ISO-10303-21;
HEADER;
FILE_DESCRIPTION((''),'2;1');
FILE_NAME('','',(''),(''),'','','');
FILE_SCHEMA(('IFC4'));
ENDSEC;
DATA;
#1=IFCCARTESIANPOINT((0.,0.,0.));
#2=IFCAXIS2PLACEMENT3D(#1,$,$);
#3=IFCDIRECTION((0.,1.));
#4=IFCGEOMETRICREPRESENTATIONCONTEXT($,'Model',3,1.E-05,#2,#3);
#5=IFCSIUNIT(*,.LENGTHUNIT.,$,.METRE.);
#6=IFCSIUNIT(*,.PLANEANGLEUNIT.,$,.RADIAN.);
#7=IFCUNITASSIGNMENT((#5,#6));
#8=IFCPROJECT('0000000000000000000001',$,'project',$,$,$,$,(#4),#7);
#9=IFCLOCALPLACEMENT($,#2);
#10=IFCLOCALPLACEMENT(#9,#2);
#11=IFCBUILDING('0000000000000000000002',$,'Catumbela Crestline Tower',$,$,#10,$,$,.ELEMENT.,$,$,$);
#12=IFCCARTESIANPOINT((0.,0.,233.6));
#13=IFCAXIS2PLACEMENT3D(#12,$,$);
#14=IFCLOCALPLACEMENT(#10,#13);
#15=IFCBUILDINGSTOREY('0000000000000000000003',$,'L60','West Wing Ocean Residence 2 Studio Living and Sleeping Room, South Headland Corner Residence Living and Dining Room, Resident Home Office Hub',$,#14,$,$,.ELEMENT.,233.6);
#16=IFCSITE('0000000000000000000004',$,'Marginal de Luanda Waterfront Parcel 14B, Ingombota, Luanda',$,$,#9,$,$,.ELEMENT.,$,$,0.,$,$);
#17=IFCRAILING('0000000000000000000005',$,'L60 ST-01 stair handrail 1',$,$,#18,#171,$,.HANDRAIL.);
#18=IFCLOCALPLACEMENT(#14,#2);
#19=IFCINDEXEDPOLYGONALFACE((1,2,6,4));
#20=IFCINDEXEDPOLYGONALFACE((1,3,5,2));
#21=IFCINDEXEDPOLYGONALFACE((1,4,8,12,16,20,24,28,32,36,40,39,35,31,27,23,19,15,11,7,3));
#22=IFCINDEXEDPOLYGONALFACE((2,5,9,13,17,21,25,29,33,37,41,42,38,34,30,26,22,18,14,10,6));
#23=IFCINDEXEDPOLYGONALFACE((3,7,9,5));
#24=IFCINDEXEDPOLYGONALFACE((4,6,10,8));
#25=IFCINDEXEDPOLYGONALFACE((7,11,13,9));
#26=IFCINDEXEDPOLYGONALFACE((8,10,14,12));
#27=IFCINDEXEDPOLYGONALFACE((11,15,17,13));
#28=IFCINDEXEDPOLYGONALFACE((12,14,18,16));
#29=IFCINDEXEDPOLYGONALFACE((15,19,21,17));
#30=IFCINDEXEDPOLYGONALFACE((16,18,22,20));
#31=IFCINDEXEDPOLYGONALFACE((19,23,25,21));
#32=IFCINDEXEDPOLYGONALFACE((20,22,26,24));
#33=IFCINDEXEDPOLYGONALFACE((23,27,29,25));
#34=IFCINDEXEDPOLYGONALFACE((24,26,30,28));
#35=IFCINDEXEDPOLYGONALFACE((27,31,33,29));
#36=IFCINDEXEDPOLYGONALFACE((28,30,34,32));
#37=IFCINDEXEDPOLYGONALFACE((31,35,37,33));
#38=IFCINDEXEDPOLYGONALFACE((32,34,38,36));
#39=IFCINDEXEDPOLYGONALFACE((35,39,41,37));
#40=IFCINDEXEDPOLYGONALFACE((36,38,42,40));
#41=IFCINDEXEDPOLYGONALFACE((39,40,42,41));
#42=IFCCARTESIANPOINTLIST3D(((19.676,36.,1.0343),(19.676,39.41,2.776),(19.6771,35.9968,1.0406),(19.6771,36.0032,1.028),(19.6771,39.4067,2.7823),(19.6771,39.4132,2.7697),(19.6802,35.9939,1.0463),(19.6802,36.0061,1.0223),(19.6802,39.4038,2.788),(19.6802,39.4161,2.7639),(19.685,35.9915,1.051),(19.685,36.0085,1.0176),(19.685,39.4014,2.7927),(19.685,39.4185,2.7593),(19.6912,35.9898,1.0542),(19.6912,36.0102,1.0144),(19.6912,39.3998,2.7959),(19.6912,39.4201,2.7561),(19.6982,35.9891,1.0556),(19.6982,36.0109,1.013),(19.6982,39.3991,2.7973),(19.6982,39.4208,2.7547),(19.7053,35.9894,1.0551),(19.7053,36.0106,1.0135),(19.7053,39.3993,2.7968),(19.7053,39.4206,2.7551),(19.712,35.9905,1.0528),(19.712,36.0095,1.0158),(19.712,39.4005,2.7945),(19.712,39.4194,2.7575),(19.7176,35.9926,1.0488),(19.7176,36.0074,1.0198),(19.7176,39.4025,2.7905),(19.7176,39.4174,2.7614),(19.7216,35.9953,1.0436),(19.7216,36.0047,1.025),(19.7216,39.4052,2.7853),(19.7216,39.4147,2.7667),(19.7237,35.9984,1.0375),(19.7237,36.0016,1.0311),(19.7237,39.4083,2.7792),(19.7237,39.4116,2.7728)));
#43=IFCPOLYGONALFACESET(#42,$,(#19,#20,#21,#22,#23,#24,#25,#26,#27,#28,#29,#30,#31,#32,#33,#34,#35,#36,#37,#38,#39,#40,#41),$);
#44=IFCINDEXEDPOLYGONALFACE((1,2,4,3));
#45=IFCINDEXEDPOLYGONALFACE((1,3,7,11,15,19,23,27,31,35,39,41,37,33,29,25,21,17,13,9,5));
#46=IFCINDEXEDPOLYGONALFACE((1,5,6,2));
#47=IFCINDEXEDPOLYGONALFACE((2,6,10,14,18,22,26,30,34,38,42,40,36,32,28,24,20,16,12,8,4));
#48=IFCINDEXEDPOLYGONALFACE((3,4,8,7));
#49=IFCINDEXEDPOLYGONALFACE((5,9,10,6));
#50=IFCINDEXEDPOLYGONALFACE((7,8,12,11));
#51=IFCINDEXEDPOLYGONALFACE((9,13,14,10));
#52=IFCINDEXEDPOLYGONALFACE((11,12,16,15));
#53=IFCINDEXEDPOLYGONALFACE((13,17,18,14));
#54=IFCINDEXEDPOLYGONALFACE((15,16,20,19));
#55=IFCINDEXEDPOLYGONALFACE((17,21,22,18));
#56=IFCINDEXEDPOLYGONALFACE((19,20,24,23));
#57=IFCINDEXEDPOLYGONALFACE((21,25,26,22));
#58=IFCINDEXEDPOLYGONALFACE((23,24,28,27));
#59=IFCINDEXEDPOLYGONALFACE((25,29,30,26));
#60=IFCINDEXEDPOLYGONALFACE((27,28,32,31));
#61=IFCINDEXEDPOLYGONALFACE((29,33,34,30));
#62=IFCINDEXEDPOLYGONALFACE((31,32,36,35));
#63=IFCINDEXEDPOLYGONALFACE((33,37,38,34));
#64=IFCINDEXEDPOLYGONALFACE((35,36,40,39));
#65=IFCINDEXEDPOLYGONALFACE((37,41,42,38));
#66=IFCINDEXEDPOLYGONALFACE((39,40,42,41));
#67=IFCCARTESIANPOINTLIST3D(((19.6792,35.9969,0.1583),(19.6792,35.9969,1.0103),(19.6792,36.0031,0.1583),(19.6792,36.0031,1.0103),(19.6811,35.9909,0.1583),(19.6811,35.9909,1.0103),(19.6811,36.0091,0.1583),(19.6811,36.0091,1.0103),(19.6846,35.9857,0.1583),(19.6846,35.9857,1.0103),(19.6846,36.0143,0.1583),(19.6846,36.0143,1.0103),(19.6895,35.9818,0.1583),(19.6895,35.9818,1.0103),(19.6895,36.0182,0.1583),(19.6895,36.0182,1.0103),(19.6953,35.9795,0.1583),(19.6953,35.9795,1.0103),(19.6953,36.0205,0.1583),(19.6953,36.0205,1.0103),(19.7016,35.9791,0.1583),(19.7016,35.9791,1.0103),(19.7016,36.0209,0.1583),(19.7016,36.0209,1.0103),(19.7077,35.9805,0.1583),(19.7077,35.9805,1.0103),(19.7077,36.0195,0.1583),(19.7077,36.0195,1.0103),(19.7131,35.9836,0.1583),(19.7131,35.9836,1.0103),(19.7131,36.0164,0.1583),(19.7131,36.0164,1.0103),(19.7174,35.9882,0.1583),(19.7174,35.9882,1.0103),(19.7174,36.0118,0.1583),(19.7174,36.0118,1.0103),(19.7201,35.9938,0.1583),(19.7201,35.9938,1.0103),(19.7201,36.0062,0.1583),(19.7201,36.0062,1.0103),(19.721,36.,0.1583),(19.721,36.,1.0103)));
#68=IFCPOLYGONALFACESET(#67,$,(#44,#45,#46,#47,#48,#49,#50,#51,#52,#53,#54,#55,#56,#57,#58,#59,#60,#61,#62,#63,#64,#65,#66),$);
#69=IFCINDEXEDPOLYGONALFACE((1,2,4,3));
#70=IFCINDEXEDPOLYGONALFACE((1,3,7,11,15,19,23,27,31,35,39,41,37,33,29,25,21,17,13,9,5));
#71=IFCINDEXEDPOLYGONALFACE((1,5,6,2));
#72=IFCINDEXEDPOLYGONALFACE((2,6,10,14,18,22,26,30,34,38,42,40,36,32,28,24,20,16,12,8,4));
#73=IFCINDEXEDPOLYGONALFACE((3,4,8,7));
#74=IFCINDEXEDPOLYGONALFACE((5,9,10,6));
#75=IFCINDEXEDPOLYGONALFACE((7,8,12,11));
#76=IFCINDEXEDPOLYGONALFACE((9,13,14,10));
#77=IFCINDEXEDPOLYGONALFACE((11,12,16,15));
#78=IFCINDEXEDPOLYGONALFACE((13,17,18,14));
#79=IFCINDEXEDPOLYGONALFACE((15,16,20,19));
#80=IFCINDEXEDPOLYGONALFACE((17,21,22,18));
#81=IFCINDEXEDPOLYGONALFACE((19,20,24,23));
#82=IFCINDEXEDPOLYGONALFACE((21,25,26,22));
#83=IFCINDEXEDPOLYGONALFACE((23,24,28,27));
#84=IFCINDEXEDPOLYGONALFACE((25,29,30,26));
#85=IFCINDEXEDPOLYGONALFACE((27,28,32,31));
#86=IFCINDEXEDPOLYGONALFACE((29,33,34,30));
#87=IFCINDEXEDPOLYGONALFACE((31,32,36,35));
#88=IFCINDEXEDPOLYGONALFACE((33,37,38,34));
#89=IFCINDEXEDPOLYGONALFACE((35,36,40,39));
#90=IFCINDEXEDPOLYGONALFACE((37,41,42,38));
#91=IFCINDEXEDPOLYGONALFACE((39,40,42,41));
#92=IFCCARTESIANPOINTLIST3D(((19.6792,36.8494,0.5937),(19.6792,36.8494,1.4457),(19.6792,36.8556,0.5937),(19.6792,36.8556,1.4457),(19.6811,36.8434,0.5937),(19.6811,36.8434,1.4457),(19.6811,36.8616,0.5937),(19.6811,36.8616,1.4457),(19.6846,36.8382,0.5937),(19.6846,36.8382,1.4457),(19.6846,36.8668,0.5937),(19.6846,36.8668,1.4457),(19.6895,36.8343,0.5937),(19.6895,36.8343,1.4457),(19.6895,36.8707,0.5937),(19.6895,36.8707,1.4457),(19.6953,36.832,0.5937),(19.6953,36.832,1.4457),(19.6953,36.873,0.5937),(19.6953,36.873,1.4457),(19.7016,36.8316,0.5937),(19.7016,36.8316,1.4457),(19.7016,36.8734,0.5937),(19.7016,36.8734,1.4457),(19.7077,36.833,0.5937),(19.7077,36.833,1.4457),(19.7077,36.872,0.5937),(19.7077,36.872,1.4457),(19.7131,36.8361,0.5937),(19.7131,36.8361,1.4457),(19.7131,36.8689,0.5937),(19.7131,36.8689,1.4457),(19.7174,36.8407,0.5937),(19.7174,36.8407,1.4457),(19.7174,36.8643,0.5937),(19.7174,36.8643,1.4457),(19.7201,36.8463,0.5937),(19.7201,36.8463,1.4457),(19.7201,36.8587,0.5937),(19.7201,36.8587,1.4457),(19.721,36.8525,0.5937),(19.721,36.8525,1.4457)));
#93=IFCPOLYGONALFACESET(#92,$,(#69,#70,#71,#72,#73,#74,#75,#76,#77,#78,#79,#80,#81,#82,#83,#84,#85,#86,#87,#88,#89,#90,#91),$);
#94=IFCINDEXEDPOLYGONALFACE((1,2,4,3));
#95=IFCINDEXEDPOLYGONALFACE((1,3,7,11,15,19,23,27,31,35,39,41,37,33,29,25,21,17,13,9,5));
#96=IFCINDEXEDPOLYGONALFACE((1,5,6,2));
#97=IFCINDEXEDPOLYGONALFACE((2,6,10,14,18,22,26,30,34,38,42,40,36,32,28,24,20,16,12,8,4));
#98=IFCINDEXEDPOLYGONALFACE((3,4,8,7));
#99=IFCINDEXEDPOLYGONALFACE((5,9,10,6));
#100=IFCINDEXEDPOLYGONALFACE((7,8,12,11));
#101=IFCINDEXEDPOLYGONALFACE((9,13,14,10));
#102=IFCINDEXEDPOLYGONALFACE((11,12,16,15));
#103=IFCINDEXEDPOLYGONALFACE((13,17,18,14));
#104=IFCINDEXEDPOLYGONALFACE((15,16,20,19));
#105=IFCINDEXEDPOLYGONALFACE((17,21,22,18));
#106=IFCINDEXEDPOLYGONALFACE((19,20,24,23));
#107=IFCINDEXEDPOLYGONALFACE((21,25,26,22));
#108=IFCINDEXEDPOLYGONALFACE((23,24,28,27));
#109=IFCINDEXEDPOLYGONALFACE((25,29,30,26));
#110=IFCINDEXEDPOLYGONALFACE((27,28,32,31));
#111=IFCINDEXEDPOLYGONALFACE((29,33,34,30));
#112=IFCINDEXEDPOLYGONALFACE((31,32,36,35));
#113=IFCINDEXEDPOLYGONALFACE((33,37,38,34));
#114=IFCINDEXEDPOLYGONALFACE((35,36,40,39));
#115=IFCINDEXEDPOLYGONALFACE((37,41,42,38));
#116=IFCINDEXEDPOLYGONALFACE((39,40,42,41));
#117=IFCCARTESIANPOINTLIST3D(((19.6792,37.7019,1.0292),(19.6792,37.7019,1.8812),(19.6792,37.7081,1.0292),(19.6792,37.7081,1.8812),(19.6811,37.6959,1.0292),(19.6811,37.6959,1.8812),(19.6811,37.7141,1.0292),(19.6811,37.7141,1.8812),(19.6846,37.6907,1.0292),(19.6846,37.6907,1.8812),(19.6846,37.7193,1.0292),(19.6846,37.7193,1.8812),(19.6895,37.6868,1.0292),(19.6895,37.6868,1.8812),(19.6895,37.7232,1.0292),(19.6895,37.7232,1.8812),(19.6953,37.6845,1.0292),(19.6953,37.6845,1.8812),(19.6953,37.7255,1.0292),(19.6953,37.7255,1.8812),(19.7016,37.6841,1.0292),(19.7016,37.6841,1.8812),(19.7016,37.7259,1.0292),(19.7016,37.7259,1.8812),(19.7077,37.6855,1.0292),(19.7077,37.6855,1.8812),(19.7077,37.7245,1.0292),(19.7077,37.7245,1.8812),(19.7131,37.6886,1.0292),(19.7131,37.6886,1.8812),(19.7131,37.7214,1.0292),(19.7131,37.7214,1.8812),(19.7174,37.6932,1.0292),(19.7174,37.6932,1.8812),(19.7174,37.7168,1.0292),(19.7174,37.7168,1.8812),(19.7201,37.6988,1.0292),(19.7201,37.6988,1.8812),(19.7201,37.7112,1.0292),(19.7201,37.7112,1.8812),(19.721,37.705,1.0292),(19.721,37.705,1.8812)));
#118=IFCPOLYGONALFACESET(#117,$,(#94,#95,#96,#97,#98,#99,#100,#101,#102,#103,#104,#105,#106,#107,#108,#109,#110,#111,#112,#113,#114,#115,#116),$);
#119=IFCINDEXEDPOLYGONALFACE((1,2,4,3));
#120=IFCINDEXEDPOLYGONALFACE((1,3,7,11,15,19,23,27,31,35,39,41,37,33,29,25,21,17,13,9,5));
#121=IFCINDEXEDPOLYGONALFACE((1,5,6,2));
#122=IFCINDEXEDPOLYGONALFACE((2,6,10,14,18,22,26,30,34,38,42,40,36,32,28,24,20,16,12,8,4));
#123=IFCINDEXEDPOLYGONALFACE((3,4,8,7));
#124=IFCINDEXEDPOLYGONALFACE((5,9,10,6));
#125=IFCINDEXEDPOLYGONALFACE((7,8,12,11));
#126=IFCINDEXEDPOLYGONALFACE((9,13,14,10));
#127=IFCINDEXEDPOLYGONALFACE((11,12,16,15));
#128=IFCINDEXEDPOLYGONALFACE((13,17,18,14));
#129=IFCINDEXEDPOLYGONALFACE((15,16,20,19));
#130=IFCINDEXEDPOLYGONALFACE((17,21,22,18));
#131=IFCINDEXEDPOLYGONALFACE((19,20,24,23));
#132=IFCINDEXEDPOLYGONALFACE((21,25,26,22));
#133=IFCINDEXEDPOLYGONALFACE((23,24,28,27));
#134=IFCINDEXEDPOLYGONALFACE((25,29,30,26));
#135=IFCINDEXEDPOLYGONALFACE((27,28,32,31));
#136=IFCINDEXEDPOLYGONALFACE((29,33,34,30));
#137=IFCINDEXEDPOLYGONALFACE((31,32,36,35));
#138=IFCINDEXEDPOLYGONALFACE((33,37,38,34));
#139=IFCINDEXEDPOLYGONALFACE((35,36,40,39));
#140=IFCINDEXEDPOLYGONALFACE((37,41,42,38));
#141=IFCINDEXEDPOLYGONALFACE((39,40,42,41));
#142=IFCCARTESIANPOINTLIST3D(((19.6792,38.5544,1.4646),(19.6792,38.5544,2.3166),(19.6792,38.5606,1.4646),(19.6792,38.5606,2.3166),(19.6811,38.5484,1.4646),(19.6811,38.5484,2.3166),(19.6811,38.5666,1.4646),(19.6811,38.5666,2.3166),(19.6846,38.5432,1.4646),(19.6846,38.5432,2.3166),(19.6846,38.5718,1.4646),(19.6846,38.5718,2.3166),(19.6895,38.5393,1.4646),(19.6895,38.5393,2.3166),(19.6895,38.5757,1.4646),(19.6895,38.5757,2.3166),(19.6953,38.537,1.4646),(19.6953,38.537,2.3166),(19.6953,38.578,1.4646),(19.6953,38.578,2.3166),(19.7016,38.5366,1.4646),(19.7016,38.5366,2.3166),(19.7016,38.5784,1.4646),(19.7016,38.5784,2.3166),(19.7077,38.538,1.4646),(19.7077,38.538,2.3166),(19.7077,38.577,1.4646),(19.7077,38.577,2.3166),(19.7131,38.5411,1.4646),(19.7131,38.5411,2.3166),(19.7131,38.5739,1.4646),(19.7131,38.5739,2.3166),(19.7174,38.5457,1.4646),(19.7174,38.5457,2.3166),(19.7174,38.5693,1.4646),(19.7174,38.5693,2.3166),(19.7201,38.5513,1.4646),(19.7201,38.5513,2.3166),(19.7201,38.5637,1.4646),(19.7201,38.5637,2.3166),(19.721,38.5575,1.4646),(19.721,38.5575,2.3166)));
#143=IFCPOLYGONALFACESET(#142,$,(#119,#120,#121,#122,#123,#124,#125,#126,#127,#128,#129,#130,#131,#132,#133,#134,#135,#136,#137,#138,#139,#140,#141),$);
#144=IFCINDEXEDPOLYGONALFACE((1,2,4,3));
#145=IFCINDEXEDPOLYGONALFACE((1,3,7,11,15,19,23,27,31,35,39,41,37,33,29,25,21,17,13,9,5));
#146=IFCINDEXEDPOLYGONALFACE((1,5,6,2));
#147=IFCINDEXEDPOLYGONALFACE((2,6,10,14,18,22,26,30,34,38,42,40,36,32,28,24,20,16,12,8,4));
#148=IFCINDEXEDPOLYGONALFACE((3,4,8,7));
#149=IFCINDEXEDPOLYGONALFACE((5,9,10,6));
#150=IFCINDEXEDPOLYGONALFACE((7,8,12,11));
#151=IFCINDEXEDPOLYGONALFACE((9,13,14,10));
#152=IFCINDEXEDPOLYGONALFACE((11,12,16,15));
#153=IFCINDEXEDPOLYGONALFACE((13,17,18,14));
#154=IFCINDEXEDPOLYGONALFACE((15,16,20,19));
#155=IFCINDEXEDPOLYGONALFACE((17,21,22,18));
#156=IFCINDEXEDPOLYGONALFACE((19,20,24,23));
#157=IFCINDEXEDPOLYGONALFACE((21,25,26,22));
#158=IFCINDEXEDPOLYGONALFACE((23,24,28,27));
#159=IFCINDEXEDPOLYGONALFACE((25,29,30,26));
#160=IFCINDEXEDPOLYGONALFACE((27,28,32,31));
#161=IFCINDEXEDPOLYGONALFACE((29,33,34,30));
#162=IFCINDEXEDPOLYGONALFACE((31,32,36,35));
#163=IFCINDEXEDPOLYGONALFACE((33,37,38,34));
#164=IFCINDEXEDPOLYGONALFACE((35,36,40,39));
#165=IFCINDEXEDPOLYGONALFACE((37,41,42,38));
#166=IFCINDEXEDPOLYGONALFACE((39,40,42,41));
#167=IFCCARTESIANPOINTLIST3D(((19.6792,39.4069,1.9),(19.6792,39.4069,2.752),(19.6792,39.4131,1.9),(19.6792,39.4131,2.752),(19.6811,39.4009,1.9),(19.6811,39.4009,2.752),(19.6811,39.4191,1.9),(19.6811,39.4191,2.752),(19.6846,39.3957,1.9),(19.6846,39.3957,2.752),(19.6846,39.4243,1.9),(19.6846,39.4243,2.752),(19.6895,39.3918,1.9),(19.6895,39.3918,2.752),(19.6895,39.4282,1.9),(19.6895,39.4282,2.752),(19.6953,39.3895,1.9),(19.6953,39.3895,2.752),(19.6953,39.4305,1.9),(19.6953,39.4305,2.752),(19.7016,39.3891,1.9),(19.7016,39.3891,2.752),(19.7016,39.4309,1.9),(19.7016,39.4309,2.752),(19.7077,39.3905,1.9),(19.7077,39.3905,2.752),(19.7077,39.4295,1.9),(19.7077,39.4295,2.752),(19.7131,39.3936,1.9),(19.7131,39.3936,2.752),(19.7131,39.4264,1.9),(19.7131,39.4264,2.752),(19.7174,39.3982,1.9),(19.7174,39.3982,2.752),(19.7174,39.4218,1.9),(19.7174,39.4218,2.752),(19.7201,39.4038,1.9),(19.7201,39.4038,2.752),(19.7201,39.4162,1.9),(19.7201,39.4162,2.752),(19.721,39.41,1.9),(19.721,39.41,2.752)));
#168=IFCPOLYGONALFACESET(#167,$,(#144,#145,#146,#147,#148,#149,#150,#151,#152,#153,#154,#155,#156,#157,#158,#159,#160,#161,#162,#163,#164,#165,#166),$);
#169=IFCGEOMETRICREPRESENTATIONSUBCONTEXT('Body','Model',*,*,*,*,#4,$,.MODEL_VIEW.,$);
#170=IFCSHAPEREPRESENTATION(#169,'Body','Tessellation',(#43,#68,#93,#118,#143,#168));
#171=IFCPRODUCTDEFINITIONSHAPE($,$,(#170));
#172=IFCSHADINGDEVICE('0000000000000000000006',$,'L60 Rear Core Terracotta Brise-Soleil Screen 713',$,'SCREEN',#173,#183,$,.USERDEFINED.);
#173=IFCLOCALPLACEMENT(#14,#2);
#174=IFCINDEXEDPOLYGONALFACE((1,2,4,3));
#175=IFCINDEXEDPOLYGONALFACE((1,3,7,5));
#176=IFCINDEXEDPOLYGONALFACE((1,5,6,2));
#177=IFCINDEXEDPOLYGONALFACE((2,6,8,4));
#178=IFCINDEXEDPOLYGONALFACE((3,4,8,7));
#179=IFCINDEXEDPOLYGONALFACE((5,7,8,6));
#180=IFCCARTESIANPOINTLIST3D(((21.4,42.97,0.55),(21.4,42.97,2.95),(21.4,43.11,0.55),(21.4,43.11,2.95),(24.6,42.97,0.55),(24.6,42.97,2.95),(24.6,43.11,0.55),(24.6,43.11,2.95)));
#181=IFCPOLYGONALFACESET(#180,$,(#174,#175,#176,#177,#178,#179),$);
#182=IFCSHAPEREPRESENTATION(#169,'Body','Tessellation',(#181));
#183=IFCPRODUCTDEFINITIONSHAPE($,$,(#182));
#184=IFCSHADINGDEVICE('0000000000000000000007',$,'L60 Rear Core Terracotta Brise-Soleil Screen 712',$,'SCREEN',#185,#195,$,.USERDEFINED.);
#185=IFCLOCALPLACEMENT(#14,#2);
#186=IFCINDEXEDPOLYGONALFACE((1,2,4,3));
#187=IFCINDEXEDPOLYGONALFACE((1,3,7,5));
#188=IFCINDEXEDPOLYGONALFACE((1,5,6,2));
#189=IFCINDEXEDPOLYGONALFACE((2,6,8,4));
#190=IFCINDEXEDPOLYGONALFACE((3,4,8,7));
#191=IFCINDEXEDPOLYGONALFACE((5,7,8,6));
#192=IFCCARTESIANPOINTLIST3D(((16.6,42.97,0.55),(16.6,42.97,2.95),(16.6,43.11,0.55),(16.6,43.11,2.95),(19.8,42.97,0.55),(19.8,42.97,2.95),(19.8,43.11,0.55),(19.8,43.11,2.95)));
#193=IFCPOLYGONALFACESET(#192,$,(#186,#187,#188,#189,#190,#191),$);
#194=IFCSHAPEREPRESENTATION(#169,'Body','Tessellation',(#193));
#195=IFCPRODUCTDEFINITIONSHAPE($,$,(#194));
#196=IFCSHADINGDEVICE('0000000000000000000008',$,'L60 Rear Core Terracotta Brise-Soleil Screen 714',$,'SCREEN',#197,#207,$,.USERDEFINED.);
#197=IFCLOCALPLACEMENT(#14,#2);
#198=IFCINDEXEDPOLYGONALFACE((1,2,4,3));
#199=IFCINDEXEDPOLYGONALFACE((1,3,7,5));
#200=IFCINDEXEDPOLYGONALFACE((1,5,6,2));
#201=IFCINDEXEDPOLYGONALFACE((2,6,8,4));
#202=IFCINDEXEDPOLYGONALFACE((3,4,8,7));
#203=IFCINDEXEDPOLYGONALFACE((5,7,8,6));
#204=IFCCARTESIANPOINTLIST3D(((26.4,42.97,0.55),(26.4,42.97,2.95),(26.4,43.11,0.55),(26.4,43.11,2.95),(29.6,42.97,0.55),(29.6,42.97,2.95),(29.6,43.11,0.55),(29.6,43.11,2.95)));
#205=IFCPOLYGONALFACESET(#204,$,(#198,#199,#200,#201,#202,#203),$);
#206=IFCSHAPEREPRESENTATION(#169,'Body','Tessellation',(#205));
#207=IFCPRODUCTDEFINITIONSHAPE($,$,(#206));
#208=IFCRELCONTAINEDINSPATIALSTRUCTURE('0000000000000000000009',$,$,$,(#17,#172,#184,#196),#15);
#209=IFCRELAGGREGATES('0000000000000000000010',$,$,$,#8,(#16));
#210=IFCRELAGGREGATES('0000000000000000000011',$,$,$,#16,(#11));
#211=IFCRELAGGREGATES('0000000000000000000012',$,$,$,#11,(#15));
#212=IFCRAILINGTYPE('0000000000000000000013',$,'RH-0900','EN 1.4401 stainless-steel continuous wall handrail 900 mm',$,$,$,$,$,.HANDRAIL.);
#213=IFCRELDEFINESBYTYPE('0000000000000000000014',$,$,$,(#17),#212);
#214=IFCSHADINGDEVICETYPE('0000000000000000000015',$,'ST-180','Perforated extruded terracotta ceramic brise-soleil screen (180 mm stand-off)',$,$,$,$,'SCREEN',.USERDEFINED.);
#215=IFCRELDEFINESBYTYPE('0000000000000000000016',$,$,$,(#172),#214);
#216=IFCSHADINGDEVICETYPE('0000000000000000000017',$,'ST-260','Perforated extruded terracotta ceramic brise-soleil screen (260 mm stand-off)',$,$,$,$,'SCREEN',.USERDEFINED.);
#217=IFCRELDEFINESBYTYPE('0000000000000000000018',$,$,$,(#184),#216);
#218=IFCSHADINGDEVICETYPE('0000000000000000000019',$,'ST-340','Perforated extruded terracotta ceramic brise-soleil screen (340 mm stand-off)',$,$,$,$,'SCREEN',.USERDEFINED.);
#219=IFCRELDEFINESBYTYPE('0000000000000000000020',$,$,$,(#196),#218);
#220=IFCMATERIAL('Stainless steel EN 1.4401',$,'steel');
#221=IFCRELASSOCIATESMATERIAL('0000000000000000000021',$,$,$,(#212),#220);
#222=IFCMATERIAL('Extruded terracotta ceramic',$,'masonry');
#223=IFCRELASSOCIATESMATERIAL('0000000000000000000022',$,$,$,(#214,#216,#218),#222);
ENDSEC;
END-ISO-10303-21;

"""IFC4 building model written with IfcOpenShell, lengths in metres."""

from ifc_helpers import new_model, si_unit, direction, frame, origin, origin_2d, place, context, subcontext, project, spatial, rectangle, circle, extrude, material, type_object, element, save


model = new_model("IFC4")

# Units and contexts
model_context = context("Model", 3, precision=1e-05, world=origin(), true_north=direction((0.0, 1.0)))
body_context = subcontext(model_context, "Body", "Model", "MODEL_VIEW")
ifc_project = project(units=[si_unit("LENGTHUNIT", "METRE"), si_unit("PLANEANGLEUNIT", "RADIAN")], contexts=[model_context])

# Site, building, storey
site_placement = place(None, origin())
site = spatial("IfcSite", under=ifc_project, at=site_placement, Name="Marginal de Luanda Waterfront Parcel 14B, Ingombota, Luanda", CompositionType="ELEMENT", RefElevation=0.0)
building_placement = place(site_placement, origin())
building = spatial("IfcBuilding", under=site, at=building_placement, Name="Catumbela Crestline Tower", CompositionType="ELEMENT")
storey_placement = place(building_placement, frame((0.0, 0.0, 233.6)))
storey = spatial("IfcBuildingStorey", under=building, at=storey_placement, Name="L60", Description="West Wing Ocean Residence 2 Studio Living and Sleeping Room, South Headland Corner Residence Living and Dining Room, Resident Home Office Hub", CompositionType="ELEMENT", Elevation=233.6)

# Shared definitions
ifc_material_1 = material(Name="Stainless steel EN 1.4401", Category="steel")

# Railing
railing_type = type_object("IfcRailingType", Name="RH-0900", Description="EN 1.4401 stainless-steel continuous wall handrail 900 mm", PredefinedType="HANDRAIL", material=ifc_material_1)
railing_placement = place(storey_placement, frame((19.7, 36.0, 0.1583)))
element("IfcRailing", 1, at=railing_placement, inside=storey, type_object=railing_type, Name="L60 ST-01 stair handrail 1", PredefinedType="HANDRAIL", context=body_context, shape_type="SweptSolid", body=[
    extrude(circle(Radius=0.024, at=origin_2d()), frame((0.0, 0.0, 0.876), z_axis=(0.0, 0.89056, 0.454865), x_axis=(-1.0, 0.0, 0.0)), (0.0, 0.0, 1.0), 3.829),
    extrude(circle(Radius=0.021, at=origin_2d()), origin(), (0.0, 0.0, 1.0), 0.852),
    extrude(circle(Radius=0.021, at=origin_2d()), frame((0.0, 0.8525, 0.4354)), (0.0, 0.0, 1.0), 0.852),
    extrude(circle(Radius=0.021, at=origin_2d()), frame((0.0, 1.705, 0.8709)), (0.0, 0.0, 1.0), 0.852),
    extrude(circle(Radius=0.021, at=origin_2d()), frame((0.0, 2.5575, 1.3063)), (0.0, 0.0, 1.0), 0.852),
    extrude(circle(Radius=0.021, at=origin_2d()), frame((0.0, 3.41, 1.7417)), (0.0, 0.0, 1.0), 0.852),
])

# Shading devices
ifc_material_2 = material(Name="Extruded terracotta ceramic", Category="masonry")
shading_device_type_1 = type_object("IfcShadingDeviceType", Name="ST-180", Description="Perforated extruded terracotta ceramic brise-soleil screen (180 mm stand-off)", ElementType="SCREEN", PredefinedType="USERDEFINED", material=ifc_material_2)
shading_device_1_placement = place(storey_placement, frame((23.0, 43.04, 0.55), z_axis=(0.0, 0.0, 1.0), x_axis=(1.0, 0.0, 0.0)))
element("IfcShadingDevice", 2, at=shading_device_1_placement, inside=storey, type_object=shading_device_type_1, Name="L60 Rear Core Terracotta Brise-Soleil Screen 713", ObjectType="SCREEN", PredefinedType="USERDEFINED", context=body_context, shape_type="SweptSolid", body=[
    extrude(rectangle(XDim=3.2, YDim=0.14, at=origin_2d()), origin(), (0.0, 0.0, 1.0), 2.4),
])
shading_device_type_2 = type_object("IfcShadingDeviceType", Name="ST-260", Description="Perforated extruded terracotta ceramic brise-soleil screen (260 mm stand-off)", ElementType="SCREEN", PredefinedType="USERDEFINED", material=ifc_material_2)
shading_device_2_placement = place(storey_placement, frame((18.2, 43.04, 0.55), z_axis=(0.0, 0.0, 1.0), x_axis=(1.0, 0.0, 0.0)))
element("IfcShadingDevice", 3, at=shading_device_2_placement, inside=storey, type_object=shading_device_type_2, Name="L60 Rear Core Terracotta Brise-Soleil Screen 712", ObjectType="SCREEN", PredefinedType="USERDEFINED", context=body_context, shape_type="SweptSolid", body=[
    extrude(rectangle(XDim=3.2, YDim=0.14, at=origin_2d()), origin(), (0.0, 0.0, 1.0), 2.4),
])
shading_device_type_3 = type_object("IfcShadingDeviceType", Name="ST-340", Description="Perforated extruded terracotta ceramic brise-soleil screen (340 mm stand-off)", ElementType="SCREEN", PredefinedType="USERDEFINED", material=ifc_material_2)
shading_device_3_placement = place(storey_placement, frame((28.0, 43.04, 0.55), z_axis=(0.0, 0.0, 1.0), x_axis=(1.0, 0.0, 0.0)))
element("IfcShadingDevice", 4, at=shading_device_3_placement, inside=storey, type_object=shading_device_type_3, Name="L60 Rear Core Terracotta Brise-Soleil Screen 714", ObjectType="SCREEN", PredefinedType="USERDEFINED", context=body_context, shape_type="SweptSolid", body=[
    extrude(rectangle(XDim=3.2, YDim=0.14, at=origin_2d()), origin(), (0.0, 0.0, 1.0), 2.4),
])

save(model, "model.ifc")
